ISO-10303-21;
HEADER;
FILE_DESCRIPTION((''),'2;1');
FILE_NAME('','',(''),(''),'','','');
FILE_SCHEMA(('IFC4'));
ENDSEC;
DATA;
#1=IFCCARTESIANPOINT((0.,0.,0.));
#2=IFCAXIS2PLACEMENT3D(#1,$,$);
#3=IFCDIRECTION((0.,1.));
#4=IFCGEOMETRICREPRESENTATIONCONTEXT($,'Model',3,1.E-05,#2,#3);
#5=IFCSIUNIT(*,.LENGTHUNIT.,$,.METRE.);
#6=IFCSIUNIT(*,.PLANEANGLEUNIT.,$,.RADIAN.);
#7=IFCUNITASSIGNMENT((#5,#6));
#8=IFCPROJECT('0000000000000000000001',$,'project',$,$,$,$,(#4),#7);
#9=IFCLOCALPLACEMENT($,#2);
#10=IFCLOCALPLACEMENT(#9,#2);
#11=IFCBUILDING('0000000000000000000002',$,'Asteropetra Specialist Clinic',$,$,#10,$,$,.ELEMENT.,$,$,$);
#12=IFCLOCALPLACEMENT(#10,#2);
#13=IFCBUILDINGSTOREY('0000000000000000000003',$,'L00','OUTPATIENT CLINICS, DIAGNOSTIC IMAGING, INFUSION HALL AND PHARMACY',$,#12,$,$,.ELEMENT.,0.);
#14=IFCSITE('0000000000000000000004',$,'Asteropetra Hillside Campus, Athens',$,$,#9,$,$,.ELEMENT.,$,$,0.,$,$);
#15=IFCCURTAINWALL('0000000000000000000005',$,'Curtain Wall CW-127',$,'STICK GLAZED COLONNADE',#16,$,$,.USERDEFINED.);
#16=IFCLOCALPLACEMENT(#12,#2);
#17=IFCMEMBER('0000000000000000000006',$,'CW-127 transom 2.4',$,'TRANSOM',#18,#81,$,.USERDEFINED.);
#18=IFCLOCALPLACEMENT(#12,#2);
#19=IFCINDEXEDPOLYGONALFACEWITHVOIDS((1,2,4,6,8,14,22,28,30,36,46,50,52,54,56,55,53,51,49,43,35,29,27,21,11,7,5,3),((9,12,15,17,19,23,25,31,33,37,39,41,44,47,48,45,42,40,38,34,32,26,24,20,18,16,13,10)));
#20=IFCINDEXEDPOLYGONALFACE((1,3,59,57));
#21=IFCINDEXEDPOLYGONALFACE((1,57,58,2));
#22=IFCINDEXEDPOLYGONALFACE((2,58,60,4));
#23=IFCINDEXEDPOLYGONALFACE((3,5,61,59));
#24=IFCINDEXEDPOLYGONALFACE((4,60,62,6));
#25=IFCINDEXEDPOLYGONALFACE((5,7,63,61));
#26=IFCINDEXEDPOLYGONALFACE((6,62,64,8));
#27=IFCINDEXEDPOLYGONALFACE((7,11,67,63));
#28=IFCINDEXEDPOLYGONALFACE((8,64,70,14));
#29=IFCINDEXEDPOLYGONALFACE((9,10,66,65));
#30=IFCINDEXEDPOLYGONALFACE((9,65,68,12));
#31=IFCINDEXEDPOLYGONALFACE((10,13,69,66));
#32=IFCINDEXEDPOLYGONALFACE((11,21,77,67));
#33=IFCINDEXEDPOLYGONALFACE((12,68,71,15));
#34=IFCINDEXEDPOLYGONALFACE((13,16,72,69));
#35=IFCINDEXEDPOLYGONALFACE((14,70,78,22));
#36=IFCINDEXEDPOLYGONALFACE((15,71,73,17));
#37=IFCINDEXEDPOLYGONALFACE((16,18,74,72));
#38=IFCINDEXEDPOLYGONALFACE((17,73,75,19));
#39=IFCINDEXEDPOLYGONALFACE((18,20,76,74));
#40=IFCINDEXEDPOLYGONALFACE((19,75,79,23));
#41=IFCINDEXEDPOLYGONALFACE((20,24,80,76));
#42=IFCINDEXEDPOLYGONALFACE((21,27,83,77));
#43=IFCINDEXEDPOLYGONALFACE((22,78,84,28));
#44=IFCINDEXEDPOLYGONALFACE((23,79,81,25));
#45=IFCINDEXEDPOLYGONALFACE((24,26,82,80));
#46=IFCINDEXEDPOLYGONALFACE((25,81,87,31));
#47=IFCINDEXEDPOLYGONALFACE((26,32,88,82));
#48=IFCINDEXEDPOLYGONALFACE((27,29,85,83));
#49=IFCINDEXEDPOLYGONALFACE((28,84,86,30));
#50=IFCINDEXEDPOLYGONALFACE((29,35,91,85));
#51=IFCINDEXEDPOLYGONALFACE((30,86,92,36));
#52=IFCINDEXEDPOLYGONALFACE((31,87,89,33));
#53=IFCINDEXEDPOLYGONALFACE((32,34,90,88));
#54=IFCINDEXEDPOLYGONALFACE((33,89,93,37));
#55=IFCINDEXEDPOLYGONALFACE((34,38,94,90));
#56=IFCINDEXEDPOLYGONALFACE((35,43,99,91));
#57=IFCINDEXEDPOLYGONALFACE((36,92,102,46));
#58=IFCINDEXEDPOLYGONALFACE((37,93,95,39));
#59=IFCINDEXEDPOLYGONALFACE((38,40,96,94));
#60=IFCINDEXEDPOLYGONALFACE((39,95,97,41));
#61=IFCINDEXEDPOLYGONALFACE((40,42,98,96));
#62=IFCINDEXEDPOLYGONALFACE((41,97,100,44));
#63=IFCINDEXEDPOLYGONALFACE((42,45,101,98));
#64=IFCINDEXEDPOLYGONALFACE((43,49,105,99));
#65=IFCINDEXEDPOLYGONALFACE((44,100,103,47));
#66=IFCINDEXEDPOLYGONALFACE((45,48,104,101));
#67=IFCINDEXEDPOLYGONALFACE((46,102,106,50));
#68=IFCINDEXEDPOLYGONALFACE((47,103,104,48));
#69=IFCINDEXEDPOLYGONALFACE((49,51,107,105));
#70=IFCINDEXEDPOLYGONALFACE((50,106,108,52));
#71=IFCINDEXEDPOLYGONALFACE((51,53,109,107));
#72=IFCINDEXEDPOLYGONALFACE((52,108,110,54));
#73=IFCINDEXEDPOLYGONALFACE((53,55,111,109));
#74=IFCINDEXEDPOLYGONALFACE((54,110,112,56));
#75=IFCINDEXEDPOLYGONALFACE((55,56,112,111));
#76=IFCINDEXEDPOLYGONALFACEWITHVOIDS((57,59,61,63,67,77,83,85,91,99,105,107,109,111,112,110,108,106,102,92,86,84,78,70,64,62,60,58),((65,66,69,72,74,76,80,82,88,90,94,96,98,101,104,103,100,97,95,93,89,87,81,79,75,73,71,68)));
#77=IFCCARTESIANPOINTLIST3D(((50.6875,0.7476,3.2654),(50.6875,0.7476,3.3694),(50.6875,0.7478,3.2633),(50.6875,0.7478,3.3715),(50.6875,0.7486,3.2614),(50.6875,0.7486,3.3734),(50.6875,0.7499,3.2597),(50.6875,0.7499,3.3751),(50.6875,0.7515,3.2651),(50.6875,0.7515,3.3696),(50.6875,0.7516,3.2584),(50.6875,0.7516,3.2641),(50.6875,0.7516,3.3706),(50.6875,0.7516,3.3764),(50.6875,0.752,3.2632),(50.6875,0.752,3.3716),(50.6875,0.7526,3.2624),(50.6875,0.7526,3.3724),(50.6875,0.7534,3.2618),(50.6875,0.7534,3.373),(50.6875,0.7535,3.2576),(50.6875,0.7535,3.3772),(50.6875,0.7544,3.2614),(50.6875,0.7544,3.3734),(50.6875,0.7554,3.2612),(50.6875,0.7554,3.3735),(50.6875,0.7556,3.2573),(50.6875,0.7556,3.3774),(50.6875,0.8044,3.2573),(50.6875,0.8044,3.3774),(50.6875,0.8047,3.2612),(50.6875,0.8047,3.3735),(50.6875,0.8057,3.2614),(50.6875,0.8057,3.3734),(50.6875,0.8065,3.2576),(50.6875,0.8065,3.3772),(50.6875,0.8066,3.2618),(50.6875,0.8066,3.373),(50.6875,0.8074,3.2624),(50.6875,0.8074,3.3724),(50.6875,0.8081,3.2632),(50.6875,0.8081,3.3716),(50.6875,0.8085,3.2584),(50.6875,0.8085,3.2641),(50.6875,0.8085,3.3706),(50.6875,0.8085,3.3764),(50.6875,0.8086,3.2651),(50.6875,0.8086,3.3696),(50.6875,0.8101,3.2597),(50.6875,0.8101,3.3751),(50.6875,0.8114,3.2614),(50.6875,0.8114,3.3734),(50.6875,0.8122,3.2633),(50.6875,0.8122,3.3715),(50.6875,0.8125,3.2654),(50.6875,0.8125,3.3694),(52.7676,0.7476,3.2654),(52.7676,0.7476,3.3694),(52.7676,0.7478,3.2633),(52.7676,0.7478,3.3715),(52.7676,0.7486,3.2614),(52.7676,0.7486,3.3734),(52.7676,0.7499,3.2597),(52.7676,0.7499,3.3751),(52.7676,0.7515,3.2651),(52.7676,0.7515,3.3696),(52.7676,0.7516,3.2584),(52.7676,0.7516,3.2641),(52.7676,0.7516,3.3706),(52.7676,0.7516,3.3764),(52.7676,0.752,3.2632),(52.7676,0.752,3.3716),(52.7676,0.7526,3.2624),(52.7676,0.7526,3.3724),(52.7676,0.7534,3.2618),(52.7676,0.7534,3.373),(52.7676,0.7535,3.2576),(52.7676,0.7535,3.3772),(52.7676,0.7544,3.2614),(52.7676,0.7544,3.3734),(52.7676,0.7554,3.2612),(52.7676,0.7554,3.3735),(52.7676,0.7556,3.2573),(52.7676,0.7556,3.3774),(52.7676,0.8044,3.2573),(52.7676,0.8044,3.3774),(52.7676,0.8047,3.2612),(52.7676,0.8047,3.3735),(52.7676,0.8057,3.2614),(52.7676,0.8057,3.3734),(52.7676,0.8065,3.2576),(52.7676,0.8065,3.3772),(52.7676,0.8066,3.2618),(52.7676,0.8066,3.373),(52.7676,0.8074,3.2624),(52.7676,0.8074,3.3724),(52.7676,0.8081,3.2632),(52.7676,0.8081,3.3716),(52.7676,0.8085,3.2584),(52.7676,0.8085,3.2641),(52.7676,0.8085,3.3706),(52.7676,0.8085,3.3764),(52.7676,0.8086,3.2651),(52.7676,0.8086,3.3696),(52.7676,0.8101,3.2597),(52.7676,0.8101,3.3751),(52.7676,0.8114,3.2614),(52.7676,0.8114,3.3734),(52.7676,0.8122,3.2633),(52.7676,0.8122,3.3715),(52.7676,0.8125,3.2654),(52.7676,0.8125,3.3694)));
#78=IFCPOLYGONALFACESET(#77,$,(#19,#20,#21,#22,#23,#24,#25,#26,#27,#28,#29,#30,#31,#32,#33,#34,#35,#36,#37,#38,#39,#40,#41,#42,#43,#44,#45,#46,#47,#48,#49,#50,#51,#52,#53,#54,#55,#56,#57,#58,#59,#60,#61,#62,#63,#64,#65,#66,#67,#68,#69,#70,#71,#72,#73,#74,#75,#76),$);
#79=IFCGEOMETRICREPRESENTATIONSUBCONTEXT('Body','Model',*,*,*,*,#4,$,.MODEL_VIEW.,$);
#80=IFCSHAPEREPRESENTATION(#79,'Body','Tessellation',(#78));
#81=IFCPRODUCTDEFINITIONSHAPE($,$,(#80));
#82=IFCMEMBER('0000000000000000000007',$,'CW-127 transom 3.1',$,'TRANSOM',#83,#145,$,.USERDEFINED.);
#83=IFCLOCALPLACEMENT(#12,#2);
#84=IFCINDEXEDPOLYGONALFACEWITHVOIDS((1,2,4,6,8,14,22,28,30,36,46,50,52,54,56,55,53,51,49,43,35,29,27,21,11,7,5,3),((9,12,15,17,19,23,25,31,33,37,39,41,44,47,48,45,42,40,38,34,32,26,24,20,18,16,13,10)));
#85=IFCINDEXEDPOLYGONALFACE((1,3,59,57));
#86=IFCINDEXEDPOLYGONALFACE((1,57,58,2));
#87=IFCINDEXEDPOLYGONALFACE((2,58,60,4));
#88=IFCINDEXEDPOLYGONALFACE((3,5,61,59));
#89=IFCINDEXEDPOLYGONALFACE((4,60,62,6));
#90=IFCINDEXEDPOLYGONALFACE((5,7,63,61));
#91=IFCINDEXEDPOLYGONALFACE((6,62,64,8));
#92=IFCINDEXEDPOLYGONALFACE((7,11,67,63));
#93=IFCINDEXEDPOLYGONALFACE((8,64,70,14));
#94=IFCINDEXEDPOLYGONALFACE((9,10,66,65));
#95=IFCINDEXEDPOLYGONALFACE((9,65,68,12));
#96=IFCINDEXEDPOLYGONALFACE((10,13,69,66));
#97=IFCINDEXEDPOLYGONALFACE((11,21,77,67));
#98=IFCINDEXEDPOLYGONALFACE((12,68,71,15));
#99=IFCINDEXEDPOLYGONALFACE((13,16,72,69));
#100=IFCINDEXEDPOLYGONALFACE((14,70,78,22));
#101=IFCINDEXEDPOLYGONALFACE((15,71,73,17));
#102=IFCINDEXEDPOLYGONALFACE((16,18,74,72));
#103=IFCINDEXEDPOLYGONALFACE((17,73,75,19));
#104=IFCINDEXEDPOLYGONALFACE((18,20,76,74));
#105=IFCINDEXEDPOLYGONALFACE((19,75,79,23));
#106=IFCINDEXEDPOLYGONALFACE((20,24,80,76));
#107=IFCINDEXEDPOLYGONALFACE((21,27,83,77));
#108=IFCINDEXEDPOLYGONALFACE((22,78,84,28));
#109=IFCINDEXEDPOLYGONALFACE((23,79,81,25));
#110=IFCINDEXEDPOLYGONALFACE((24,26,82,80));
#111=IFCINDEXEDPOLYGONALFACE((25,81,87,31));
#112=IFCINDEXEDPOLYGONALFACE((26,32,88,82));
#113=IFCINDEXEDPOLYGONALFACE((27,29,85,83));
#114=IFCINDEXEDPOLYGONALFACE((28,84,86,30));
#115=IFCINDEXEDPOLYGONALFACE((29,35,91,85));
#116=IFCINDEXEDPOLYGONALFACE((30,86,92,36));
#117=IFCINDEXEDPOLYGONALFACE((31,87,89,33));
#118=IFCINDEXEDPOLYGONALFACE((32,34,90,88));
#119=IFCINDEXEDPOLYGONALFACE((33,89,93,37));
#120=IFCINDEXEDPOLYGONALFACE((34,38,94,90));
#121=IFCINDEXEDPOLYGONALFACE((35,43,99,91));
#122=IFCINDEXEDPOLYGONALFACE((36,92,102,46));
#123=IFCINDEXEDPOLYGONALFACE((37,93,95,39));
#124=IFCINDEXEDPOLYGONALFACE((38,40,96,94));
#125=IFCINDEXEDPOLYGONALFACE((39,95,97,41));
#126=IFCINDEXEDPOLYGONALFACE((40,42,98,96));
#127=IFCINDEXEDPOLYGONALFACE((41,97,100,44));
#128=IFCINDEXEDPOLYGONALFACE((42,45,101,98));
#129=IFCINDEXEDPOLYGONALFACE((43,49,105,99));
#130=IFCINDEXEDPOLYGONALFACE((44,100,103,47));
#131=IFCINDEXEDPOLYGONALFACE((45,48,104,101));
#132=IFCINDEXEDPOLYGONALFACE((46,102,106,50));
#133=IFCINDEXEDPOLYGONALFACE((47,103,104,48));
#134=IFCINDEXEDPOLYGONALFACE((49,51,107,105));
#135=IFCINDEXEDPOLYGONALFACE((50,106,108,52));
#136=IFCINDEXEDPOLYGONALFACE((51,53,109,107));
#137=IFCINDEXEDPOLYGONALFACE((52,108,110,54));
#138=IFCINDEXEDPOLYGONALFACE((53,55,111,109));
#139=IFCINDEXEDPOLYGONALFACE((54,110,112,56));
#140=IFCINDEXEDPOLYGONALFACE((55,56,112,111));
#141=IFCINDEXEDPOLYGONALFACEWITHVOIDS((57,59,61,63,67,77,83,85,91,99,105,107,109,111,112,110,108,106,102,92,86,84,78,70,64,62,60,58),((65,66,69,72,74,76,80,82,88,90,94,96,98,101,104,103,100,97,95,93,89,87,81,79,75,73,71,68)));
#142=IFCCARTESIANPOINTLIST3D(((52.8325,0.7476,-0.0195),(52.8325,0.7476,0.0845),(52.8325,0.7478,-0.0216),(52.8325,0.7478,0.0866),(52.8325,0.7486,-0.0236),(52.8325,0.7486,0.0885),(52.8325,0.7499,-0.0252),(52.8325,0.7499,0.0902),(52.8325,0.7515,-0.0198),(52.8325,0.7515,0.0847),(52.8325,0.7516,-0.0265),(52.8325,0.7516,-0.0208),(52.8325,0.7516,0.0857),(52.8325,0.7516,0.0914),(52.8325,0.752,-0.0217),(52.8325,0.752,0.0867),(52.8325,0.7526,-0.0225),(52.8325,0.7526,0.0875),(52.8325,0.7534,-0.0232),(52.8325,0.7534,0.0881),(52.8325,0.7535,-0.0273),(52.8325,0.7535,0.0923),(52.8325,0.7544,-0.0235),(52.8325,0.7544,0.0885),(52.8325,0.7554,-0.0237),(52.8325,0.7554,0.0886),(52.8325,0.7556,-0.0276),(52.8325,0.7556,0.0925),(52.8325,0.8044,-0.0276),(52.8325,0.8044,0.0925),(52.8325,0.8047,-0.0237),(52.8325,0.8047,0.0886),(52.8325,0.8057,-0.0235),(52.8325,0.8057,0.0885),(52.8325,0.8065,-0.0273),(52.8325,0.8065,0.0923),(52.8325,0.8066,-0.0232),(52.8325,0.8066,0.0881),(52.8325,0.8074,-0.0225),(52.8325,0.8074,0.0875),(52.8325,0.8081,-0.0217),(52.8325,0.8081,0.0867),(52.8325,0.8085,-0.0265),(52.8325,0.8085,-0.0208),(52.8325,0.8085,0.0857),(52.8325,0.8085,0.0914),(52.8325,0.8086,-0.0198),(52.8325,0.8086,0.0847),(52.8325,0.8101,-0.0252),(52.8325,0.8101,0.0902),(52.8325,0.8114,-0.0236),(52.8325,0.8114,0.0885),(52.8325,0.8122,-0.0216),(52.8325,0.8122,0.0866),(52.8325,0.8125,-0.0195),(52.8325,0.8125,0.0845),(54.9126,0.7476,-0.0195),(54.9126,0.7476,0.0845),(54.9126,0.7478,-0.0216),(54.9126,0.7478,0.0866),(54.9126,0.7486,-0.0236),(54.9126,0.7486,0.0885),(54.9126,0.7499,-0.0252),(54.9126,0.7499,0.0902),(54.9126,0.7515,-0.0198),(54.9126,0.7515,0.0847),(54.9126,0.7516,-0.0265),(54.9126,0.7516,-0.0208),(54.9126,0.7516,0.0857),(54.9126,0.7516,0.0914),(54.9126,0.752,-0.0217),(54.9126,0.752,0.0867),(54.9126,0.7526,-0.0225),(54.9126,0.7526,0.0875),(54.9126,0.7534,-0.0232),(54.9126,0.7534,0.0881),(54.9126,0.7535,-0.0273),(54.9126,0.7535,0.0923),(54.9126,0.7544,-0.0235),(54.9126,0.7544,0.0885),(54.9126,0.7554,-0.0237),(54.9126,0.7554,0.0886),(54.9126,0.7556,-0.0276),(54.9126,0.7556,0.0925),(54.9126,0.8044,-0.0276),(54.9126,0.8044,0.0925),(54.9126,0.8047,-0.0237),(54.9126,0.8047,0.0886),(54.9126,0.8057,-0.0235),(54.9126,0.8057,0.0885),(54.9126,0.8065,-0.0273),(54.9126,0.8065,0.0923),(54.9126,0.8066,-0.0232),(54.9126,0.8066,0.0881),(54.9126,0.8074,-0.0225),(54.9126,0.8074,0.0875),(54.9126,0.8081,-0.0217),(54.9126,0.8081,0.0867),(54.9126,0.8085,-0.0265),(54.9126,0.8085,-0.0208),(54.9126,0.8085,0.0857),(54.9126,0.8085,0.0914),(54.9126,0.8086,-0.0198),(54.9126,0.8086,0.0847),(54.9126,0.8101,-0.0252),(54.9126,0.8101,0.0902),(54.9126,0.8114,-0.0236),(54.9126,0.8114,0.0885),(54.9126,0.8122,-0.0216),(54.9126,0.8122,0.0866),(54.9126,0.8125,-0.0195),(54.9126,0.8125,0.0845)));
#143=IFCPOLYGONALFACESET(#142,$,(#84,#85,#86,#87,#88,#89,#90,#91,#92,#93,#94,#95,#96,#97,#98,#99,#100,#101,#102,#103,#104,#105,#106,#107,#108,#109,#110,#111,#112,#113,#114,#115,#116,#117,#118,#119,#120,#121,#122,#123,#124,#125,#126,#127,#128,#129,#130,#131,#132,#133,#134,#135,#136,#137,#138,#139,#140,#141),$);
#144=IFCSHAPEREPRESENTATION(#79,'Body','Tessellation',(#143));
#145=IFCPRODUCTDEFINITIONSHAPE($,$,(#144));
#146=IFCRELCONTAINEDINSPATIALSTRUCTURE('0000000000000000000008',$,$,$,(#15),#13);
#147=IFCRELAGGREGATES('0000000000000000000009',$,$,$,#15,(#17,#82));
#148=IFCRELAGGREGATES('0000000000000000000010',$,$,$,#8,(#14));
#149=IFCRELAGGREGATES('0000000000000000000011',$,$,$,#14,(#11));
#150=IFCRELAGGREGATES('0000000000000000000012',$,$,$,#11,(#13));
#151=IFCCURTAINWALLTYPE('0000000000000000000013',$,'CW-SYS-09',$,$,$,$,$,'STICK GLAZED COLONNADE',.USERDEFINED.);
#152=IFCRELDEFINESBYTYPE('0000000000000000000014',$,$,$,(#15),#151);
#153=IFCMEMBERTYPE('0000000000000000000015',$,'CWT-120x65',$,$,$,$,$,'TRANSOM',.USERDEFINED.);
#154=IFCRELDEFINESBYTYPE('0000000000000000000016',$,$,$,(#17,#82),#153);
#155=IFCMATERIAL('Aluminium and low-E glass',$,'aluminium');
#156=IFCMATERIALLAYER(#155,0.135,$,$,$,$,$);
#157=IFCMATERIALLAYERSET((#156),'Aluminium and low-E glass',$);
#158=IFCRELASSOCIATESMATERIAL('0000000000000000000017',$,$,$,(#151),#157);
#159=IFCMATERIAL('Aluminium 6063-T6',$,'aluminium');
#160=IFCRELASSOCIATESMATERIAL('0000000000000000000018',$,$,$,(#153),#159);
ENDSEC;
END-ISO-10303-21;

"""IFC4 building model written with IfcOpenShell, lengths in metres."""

from ifc_helpers import new_model, si_unit, direction, frame, origin, origin_2d, place, context, subcontext, project, spatial, hollow_rectangle, extrude, material, layer, layer_set, material_profile, profile_set, type_object, element, aggregate, save


model = new_model("IFC4")

# Units and contexts
model_context = context("Model", 3, precision=1e-05, world=origin(), true_north=direction((0.0, 1.0)))
body_context = subcontext(model_context, "Body", "Model", "MODEL_VIEW")
ifc_project = project(units=[si_unit("LENGTHUNIT", "METRE"), si_unit("PLANEANGLEUNIT", "RADIAN")], contexts=[model_context])

# Site, building, storey
site_placement = place(None, origin())
site = spatial("IfcSite", under=ifc_project, at=site_placement, Name="Asteropetra Hillside Campus, Athens", CompositionType="ELEMENT", RefElevation=0.0)
building_placement = place(site_placement, origin())
building = spatial("IfcBuilding", under=site, at=building_placement, Name="Asteropetra Specialist Clinic", CompositionType="ELEMENT")
storey_placement = place(building_placement, origin())
storey = spatial("IfcBuildingStorey", under=building, at=storey_placement, Name="L00", Description="OUTPATIENT CLINICS, DIAGNOSTIC IMAGING, INFUSION HALL AND PHARMACY", CompositionType="ELEMENT", Elevation=0.0)

# Curtain wall, members
ifc_material_1 = material(Name="Aluminium and low-E glass", Category="aluminium")
ifc_layer_1 = layer(ifc_material_1, 0.135)
ifc_layer_set_1 = layer_set([ifc_layer_1], Name="Aluminium and low-E glass")
curtain_wall_type_1 = type_object("IfcCurtainWallType", Name="CW-SYS-09", ElementType="STICK GLAZED COLONNADE", PredefinedType="USERDEFINED", material=ifc_layer_set_1)
curtain_wall_1_placement = place(storey_placement, origin())
curtain_wall_1 = element("IfcCurtainWall", 1, at=curtain_wall_1_placement, inside=storey, type_object=curtain_wall_type_1, Name="Curtain Wall CW-127", ObjectType="STICK GLAZED COLONNADE", PredefinedType="USERDEFINED")
ifc_material_2 = material(Name="Aluminium 6063-T6", Category="aluminium")
ifc_material_profile_1 = material_profile(ifc_material_2, hollow_rectangle(XDim=0.0649, YDim=0.1201, WallThickness=0.0039, InnerFilletRadius=0.0039, OuterFilletRadius=0.0081, at=origin_2d()), Name="TRN 120x65x4.0")
ifc_profile_set_1 = profile_set([ifc_material_profile_1], Name="Aluminium 6063-T6")
member_type_1 = type_object("IfcMemberType", Name="CWT-120x65", ElementType="TRANSOM", PredefinedType="USERDEFINED", material=ifc_profile_set_1)
member_1_placement = place(storey_placement, frame((50.6875, 0.78, 3.3174), z_axis=(1.0, 0.0, 0.0), x_axis=(0.0, 1.0, 0.0)))
member_1 = element("IfcMember", 2, at=member_1_placement, type_object=member_type_1, Name="CW-127 transom 2.4", ObjectType="TRANSOM", PredefinedType="USERDEFINED", context=body_context, shape_type="SweptSolid", body=[
    extrude(hollow_rectangle(XDim=0.0649, YDim=0.1201, WallThickness=0.0039, InnerFilletRadius=0.0039, OuterFilletRadius=0.0081, at=origin_2d()), origin(), (0.0, 0.0, 1.0), 2.0801),
])
member_2_placement = place(storey_placement, frame((52.8325, 0.78, 0.0325), z_axis=(1.0, 0.0, 0.0), x_axis=(0.0, 1.0, 0.0)))
member_2 = element("IfcMember", 3, at=member_2_placement, type_object=member_type_1, Name="CW-127 transom 3.1", ObjectType="TRANSOM", PredefinedType="USERDEFINED", context=body_context, shape_type="SweptSolid", body=[
    extrude(hollow_rectangle(XDim=0.0649, YDim=0.1201, WallThickness=0.0039, InnerFilletRadius=0.0039, OuterFilletRadius=0.0081, at=origin_2d()), origin(), (0.0, 0.0, 1.0), 2.0801),
])

aggregate(curtain_wall_1, [member_1, member_2])

save(model, "model.ifc")
